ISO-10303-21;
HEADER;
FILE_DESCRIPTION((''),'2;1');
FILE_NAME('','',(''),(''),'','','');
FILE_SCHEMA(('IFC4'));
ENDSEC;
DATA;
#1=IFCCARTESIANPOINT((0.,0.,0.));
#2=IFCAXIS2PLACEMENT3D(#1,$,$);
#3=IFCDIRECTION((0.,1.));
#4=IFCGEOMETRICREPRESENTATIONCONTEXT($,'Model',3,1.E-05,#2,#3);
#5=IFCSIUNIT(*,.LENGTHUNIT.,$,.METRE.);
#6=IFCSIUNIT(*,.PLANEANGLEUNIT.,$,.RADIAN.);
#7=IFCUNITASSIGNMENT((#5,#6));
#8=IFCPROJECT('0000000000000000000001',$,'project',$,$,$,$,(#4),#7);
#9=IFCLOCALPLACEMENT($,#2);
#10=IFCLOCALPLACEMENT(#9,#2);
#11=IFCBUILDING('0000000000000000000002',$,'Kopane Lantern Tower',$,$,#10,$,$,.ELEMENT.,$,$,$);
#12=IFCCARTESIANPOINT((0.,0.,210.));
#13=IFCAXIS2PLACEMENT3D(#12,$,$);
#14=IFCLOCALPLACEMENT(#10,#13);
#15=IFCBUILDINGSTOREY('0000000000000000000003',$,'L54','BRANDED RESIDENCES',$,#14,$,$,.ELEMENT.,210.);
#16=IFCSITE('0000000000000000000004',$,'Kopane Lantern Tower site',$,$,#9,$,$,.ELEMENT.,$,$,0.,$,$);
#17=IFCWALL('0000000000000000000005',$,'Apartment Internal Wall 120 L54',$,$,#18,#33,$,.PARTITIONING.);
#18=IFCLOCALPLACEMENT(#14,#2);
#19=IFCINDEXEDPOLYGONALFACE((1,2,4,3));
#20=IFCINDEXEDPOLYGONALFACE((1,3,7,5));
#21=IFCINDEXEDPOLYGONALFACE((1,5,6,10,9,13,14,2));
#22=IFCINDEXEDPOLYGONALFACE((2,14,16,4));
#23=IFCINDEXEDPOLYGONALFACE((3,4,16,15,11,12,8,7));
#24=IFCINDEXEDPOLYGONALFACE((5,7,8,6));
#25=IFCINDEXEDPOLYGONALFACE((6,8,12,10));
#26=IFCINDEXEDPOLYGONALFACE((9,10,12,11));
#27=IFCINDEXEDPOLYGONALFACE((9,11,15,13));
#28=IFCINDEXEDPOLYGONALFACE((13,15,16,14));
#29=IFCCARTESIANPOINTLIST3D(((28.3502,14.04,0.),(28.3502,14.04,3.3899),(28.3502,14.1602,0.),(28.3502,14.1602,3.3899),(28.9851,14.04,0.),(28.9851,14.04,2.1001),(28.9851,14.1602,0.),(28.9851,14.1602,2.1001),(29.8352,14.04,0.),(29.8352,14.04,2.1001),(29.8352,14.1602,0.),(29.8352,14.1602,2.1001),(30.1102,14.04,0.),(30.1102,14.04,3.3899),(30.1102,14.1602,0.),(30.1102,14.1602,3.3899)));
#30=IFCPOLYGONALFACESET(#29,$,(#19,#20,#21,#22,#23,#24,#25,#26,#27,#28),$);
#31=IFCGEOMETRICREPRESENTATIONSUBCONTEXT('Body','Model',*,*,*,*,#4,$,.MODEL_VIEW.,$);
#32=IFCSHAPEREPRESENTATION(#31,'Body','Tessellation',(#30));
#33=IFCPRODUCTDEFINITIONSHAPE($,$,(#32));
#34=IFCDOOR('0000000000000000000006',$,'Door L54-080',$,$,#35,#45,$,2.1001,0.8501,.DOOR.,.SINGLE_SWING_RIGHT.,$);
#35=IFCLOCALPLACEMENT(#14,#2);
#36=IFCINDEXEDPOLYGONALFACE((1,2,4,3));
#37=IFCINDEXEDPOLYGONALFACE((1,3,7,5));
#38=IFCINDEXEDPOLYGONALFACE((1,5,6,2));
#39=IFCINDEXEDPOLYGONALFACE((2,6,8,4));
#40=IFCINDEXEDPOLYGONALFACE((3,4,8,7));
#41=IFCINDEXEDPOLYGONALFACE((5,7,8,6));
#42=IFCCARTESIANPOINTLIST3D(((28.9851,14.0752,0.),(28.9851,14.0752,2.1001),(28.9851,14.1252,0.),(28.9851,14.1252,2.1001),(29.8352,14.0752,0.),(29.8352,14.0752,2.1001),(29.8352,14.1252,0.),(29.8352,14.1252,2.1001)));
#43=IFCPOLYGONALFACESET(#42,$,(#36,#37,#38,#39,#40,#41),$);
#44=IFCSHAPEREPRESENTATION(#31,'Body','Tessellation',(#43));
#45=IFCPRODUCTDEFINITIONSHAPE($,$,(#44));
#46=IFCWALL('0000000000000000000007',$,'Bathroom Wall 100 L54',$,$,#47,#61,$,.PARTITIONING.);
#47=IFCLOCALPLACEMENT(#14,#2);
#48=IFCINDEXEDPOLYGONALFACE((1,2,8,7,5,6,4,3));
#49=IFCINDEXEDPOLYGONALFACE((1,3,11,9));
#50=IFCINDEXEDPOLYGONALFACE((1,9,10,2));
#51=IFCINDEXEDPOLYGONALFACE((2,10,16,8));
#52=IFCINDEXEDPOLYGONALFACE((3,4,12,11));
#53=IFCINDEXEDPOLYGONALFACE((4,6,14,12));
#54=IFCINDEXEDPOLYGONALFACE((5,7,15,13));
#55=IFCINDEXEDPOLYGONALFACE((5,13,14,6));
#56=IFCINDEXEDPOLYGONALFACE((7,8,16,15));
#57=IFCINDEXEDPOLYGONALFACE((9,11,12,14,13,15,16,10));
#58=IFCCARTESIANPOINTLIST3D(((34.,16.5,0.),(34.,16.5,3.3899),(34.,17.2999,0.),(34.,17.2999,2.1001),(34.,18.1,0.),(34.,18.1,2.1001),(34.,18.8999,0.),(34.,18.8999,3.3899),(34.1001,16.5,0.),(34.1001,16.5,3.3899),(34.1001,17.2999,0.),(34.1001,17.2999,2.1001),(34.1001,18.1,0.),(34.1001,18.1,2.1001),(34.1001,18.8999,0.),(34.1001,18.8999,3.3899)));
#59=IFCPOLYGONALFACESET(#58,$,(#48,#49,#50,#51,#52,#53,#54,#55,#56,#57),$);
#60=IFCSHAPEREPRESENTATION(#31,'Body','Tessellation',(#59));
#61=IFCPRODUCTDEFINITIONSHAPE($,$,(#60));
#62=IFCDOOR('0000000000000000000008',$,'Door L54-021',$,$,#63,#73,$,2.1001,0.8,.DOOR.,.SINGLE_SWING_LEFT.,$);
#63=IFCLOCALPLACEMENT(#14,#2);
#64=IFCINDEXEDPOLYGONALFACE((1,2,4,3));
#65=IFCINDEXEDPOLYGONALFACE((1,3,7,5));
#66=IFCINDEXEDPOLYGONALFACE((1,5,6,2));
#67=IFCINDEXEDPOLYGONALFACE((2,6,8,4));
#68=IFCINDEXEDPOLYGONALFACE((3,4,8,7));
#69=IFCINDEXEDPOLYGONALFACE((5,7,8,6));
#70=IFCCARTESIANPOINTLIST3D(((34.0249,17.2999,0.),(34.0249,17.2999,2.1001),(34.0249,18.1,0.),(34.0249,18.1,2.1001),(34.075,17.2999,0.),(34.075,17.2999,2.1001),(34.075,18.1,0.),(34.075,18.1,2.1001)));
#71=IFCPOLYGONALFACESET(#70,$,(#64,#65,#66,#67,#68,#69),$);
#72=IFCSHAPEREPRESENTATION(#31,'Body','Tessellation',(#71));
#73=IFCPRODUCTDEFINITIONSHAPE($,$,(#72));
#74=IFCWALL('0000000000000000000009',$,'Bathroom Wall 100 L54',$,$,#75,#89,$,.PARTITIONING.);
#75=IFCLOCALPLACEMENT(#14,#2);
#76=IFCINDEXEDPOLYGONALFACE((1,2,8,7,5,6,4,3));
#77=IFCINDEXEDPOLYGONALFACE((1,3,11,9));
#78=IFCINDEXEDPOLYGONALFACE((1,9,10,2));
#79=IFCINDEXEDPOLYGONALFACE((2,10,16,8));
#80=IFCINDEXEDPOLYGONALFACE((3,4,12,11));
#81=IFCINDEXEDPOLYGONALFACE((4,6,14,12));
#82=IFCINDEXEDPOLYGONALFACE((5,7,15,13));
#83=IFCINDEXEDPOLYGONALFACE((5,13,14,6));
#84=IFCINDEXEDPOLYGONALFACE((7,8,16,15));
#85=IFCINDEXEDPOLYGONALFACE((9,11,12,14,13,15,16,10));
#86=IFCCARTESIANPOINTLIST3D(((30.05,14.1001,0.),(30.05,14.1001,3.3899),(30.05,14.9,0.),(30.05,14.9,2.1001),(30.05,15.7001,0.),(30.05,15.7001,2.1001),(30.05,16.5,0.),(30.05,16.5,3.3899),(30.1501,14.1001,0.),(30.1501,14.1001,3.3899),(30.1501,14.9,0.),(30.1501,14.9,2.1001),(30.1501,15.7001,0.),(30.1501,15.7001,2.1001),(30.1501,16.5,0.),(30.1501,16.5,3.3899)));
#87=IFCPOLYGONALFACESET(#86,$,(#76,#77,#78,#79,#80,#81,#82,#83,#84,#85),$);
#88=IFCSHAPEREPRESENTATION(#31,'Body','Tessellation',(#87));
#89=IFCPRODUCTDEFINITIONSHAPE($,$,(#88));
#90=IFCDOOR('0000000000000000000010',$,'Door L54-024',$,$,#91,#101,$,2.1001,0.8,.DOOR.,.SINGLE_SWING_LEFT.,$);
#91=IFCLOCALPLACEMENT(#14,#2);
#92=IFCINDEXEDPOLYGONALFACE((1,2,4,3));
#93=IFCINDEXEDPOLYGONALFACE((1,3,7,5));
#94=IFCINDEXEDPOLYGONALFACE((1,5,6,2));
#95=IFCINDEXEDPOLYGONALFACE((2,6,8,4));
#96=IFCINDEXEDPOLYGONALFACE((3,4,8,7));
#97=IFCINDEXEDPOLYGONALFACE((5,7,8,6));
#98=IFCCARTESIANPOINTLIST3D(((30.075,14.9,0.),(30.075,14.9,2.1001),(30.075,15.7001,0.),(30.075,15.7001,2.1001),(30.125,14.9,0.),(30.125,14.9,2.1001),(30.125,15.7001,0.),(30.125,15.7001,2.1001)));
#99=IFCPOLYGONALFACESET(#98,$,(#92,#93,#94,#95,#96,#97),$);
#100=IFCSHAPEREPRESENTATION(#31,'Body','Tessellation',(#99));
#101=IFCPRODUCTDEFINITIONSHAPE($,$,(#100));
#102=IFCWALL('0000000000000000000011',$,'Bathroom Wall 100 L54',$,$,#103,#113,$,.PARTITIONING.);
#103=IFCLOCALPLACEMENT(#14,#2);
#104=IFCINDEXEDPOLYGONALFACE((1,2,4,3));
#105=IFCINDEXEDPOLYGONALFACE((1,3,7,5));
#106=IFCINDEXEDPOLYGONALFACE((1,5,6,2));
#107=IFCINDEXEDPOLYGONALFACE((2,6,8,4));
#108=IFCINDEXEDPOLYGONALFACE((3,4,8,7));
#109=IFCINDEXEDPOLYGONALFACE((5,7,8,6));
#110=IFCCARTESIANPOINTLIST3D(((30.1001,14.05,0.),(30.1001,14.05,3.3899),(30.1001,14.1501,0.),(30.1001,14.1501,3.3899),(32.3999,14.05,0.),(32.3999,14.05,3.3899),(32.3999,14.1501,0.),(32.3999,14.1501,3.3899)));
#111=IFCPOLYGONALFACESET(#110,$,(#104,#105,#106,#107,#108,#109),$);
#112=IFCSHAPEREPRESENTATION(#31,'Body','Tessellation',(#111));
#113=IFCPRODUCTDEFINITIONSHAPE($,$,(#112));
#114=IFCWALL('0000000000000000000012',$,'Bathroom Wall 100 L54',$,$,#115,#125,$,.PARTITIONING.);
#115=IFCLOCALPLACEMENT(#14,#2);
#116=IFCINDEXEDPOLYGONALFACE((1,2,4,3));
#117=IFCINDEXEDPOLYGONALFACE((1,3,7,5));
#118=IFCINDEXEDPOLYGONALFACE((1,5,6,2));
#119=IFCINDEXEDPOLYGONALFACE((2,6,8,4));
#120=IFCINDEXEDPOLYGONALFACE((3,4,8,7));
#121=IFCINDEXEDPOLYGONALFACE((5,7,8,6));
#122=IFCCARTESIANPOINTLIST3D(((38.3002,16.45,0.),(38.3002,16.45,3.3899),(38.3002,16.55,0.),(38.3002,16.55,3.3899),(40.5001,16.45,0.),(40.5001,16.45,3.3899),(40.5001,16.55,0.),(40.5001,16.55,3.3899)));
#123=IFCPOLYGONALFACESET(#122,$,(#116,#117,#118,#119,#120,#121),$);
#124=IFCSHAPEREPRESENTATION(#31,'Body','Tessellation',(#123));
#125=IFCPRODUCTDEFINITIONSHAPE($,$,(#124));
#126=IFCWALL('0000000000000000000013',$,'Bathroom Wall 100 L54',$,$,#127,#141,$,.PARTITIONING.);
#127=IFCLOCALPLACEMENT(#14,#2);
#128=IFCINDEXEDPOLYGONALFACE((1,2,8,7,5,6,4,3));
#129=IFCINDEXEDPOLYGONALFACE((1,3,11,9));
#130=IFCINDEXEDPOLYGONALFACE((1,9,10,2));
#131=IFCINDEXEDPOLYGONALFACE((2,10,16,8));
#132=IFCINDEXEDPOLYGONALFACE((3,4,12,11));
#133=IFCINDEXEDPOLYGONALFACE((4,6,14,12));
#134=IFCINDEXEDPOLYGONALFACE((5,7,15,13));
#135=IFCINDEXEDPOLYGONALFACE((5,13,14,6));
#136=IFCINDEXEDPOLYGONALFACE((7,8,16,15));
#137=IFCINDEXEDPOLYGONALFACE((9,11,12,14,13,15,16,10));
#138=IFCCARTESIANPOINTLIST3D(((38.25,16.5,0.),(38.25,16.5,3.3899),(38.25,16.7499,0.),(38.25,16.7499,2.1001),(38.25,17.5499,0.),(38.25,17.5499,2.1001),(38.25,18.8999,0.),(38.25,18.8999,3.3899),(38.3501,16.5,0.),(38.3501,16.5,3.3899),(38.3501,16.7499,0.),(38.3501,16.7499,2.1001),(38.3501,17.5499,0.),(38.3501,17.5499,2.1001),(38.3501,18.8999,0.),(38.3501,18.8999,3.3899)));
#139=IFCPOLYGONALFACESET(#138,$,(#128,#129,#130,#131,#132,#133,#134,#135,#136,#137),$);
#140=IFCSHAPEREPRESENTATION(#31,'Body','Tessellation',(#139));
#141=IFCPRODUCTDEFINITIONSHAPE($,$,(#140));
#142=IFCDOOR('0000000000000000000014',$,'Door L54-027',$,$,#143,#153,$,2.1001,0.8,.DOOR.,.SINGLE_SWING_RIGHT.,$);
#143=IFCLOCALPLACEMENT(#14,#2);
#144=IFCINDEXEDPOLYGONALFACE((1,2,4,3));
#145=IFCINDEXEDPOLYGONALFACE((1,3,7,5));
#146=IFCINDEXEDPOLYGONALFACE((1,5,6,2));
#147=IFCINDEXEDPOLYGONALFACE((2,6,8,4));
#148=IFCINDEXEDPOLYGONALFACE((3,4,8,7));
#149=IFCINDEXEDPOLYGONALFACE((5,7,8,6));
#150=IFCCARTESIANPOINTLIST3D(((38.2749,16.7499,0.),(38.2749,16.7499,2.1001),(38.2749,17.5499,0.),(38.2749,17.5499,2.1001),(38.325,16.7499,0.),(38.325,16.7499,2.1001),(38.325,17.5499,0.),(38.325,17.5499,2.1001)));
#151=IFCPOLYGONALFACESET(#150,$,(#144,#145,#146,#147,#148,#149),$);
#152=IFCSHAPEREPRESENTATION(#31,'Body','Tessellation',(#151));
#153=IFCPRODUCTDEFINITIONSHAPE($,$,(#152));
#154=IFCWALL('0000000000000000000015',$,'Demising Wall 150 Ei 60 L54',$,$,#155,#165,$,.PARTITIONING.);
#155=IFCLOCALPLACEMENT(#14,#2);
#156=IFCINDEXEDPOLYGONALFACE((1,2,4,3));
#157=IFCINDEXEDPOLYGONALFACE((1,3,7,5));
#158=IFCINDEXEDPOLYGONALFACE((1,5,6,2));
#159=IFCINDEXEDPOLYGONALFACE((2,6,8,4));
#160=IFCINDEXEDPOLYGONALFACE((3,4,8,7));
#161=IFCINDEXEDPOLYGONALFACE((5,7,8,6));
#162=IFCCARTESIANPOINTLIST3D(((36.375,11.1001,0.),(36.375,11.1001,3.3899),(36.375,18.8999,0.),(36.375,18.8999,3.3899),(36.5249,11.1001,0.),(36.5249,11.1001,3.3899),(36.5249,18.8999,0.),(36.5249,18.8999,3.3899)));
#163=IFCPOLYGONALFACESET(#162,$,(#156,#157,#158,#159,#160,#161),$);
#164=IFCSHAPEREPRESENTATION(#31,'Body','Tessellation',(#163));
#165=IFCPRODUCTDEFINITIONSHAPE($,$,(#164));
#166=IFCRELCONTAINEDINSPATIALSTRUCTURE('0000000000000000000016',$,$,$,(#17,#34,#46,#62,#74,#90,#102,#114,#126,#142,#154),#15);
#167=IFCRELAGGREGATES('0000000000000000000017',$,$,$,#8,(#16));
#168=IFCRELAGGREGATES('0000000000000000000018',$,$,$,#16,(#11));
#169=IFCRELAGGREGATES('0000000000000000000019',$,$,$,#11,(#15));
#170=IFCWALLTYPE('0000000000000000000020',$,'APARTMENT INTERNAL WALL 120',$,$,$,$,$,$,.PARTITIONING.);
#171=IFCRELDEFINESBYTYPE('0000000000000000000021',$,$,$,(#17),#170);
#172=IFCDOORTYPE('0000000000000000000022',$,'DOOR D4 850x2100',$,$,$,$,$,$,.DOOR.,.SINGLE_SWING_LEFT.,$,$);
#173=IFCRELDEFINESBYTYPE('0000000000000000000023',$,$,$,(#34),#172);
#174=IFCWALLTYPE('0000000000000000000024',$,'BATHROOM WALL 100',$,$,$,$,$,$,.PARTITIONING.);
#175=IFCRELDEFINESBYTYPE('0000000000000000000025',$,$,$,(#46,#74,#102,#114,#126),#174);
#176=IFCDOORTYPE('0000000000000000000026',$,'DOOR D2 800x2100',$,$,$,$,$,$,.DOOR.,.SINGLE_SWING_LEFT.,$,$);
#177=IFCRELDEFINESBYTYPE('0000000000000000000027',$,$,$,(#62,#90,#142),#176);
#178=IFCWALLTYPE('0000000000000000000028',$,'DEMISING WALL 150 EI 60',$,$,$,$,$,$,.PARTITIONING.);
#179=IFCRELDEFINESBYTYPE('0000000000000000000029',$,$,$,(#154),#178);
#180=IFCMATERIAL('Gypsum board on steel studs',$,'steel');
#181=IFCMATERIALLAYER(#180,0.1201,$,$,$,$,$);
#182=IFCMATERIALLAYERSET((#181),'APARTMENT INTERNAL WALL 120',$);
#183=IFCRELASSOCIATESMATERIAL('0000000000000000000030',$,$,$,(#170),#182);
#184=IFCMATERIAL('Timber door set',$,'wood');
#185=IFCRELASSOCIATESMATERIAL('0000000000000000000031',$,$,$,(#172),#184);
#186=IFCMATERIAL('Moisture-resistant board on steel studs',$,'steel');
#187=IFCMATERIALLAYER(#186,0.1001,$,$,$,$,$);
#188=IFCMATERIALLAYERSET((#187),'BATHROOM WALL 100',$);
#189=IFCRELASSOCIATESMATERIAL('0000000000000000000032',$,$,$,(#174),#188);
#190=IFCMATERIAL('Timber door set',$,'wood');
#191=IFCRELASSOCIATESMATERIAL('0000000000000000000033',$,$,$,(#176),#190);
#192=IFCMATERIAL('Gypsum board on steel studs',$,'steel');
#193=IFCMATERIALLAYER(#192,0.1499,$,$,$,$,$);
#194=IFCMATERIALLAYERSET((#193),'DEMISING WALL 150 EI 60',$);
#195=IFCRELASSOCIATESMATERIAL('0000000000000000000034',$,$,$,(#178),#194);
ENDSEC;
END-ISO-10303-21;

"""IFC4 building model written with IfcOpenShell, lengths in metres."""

from ifc_helpers import new_model, si_unit, direction, frame, frame_2d, origin, place, context, subcontext, project, spatial, rectangle, extrude, material, layer, layer_set, type_object, element, fill, save


model = new_model("IFC4")

# Units and contexts
model_context = context("Model", 3, precision=1e-05, world=origin(), true_north=direction((0.0, 1.0)))
body_context = subcontext(model_context, "Body", "Model", "MODEL_VIEW")
ifc_project = project(units=[si_unit("LENGTHUNIT", "METRE"), si_unit("PLANEANGLEUNIT", "RADIAN")], contexts=[model_context])

# Site, building, storey
site_placement = place(None, origin())
site = spatial("IfcSite", under=ifc_project, at=site_placement, Name="Kopane Lantern Tower site", CompositionType="ELEMENT", RefElevation=0.0)
building_placement = place(site_placement, origin())
building = spatial("IfcBuilding", under=site, at=building_placement, Name="Kopane Lantern Tower", CompositionType="ELEMENT")
storey_placement = place(building_placement, frame((0.0, 0.0, 210.0)))
storey = spatial("IfcBuildingStorey", under=building, at=storey_placement, Name="L54", Description="BRANDED RESIDENCES", CompositionType="ELEMENT", Elevation=210.0)

# Shared definitions
ifc_material_1 = material(Name="Gypsum board on steel studs", Category="steel")
ifc_layer_1 = layer(ifc_material_1, 0.1201)
ifc_layer_set_1 = layer_set([ifc_layer_1], Name="APARTMENT INTERNAL WALL 120")
wall_type_1 = type_object("IfcWallType", Name="APARTMENT INTERNAL WALL 120", PredefinedType="PARTITIONING", material=ifc_layer_set_1)

# Shared definitions
ifc_material_2 = material(Name="Timber door set", Category="wood")
door_type_1 = type_object("IfcDoorType", Name="DOOR D4 850x2100", OperationType="SINGLE_SWING_LEFT", PredefinedType="DOOR", material=ifc_material_2)

# Walls, openings, doors
wall_1_placement = place(storey_placement, frame((30.1101, 14.1001, 0.0), z_axis=(0.0, 0.0, 1.0), x_axis=(-1.0, 0.0, 0.0)))
wall_1 = element("IfcWall", 1, at=wall_1_placement, inside=storey, type_object=wall_type_1, Name="Apartment Internal Wall 120 L54", PredefinedType="PARTITIONING", context=body_context, shape_type="SweptSolid", body=[
    extrude(rectangle(XDim=1.76, YDim=0.1201, at=frame_2d((0.8799, 0.0))), origin(), (0.0, 0.0, 1.0), 3.3899),
])
opening_1_placement = place(wall_1_placement, frame((0.2749, 0.0, 0.0)))
opening_1 = element("IfcOpeningElement", 2, at=opening_1_placement, cuts=wall_1, PredefinedType="OPENING", context=body_context, shape_type="SweptSolid", body=[
    extrude(rectangle(XDim=0.8501, YDim=2.1001, at=frame_2d((0.425, 1.05))), frame((0.0, 0.0701, 0.0), z_axis=(0.0, -1.0, 0.0), x_axis=(1.0, 0.0, 0.0)), (0.0, 0.0, 1.0), 0.1401),
])
door_1_placement = place(opening_1_placement, origin())
door_1 = element("IfcDoor", 3, at=door_1_placement, inside=storey, type_object=door_type_1, Name="Door L54-080", OperationType="SINGLE_SWING_RIGHT", OverallHeight=2.1001, OverallWidth=0.8501, PredefinedType="DOOR", context=body_context, shape_type="SweptSolid", body=[
    extrude(rectangle(XDim=0.8501, YDim=2.1001, at=frame_2d((0.425, 1.05))), frame((0.0, 0.0249, 0.0), z_axis=(0.0, -1.0, 0.0), x_axis=(1.0, 0.0, 0.0)), (0.0, 0.0, 1.0), 0.05),
])
fill(opening_1, door_1)
ifc_material_3 = material(Name="Moisture-resistant board on steel studs", Category="steel")
ifc_layer_2 = layer(ifc_material_3, 0.1001)
ifc_layer_set_2 = layer_set([ifc_layer_2], Name="BATHROOM WALL 100")
wall_type_2 = type_object("IfcWallType", Name="BATHROOM WALL 100", PredefinedType="PARTITIONING", material=ifc_layer_set_2)
wall_2_placement = place(storey_placement, frame((34.05, 18.8999, 0.0), z_axis=(0.0, 0.0, 1.0), x_axis=(0.0, -1.0, 0.0)))
wall_2 = element("IfcWall", 4, at=wall_2_placement, inside=storey, type_object=wall_type_2, Name="Bathroom Wall 100 L54", PredefinedType="PARTITIONING", context=body_context, shape_type="SweptSolid", body=[
    extrude(rectangle(XDim=2.3999, YDim=0.1001, at=frame_2d((1.2, 0.0))), origin(), (0.0, 0.0, 1.0), 3.3899),
])
opening_2_placement = place(wall_2_placement, frame((0.8, 0.0, 0.0)))
opening_2 = element("IfcOpeningElement", 5, at=opening_2_placement, cuts=wall_2, PredefinedType="OPENING", context=body_context, shape_type="SweptSolid", body=[
    extrude(rectangle(XDim=0.8, YDim=2.1001, at=frame_2d((0.3999, 1.05))), frame((0.0, 0.0601, 0.0), z_axis=(0.0, -1.0, 0.0), x_axis=(1.0, 0.0, 0.0)), (0.0, 0.0, 1.0), 0.1201),
])
ifc_material_4 = material(Name="Timber door set", Category="wood")
door_type_2 = type_object("IfcDoorType", Name="DOOR D2 800x2100", OperationType="SINGLE_SWING_LEFT", PredefinedType="DOOR", material=ifc_material_4)
door_2_placement = place(opening_2_placement, origin())
door_2 = element("IfcDoor", 6, at=door_2_placement, inside=storey, type_object=door_type_2, Name="Door L54-021", OperationType="SINGLE_SWING_LEFT", OverallHeight=2.1001, OverallWidth=0.8, PredefinedType="DOOR", context=body_context, shape_type="SweptSolid", body=[
    extrude(rectangle(XDim=0.8, YDim=2.1001, at=frame_2d((0.3999, 1.05))), frame((0.0, 0.0249, 0.0), z_axis=(0.0, -1.0, 0.0), x_axis=(1.0, 0.0, 0.0)), (0.0, 0.0, 1.0), 0.05),
])
fill(opening_2, door_2)
wall_3_placement = place(storey_placement, frame((30.1001, 16.5, 0.0), z_axis=(0.0, 0.0, 1.0), x_axis=(0.0, -1.0, 0.0)))
wall_3 = element("IfcWall", 7, at=wall_3_placement, inside=storey, type_object=wall_type_2, Name="Bathroom Wall 100 L54", PredefinedType="PARTITIONING", context=body_context, shape_type="SweptSolid", body=[
    extrude(rectangle(XDim=2.3999, YDim=0.1001, at=frame_2d((1.2, 0.0))), origin(), (0.0, 0.0, 1.0), 3.3899),
])
opening_3_placement = place(wall_3_placement, frame((0.8, 0.0, 0.0)))
opening_3 = element("IfcOpeningElement", 8, at=opening_3_placement, cuts=wall_3, PredefinedType="OPENING", context=body_context, shape_type="SweptSolid", body=[
    extrude(rectangle(XDim=0.8, YDim=2.1001, at=frame_2d((0.3999, 1.05))), frame((0.0, 0.0601, 0.0), z_axis=(0.0, -1.0, 0.0), x_axis=(1.0, 0.0, 0.0)), (0.0, 0.0, 1.0), 0.1201),
])
door_3_placement = place(opening_3_placement, origin())
door_3 = element("IfcDoor", 9, at=door_3_placement, inside=storey, type_object=door_type_2, Name="Door L54-024", OperationType="SINGLE_SWING_LEFT", OverallHeight=2.1001, OverallWidth=0.8, PredefinedType="DOOR", context=body_context, shape_type="SweptSolid", body=[
    extrude(rectangle(XDim=0.8, YDim=2.1001, at=frame_2d((0.3999, 1.05))), frame((0.0, 0.0249, 0.0), z_axis=(0.0, -1.0, 0.0), x_axis=(1.0, 0.0, 0.0)), (0.0, 0.0, 1.0), 0.05),
])
fill(opening_3, door_3)

# Walls
wall_4_placement = place(storey_placement, frame((30.1001, 14.1001, 0.0), z_axis=(0.0, 0.0, 1.0), x_axis=(1.0, 0.0, 0.0)))
element("IfcWall", 10, at=wall_4_placement, inside=storey, type_object=wall_type_2, Name="Bathroom Wall 100 L54", PredefinedType="PARTITIONING", context=body_context, shape_type="SweptSolid", body=[
    extrude(rectangle(XDim=2.2998, YDim=0.1001, at=frame_2d((1.1499, 0.0))), origin(), (0.0, 0.0, 1.0), 3.3899),
])
wall_5_placement = place(storey_placement, frame((38.3, 16.5, 0.0), z_axis=(0.0, 0.0, 1.0), x_axis=(1.0, 0.0, 0.0)))
element("IfcWall", 11, at=wall_5_placement, inside=storey, type_object=wall_type_2, Name="Bathroom Wall 100 L54", PredefinedType="PARTITIONING", context=body_context, shape_type="SweptSolid", body=[
    extrude(rectangle(XDim=2.2, YDim=0.1001, at=frame_2d((1.1001, 0.0))), origin(), (0.0, 0.0, 1.0), 3.3899),
])

# Wall, opening, door
wall_6_placement = place(storey_placement, frame((38.3, 18.8999, 0.0), z_axis=(0.0, 0.0, 1.0), x_axis=(0.0, -1.0, 0.0)))
wall_6 = element("IfcWall", 12, at=wall_6_placement, inside=storey, type_object=wall_type_2, Name="Bathroom Wall 100 L54", PredefinedType="PARTITIONING", context=body_context, shape_type="SweptSolid", body=[
    extrude(rectangle(XDim=2.3999, YDim=0.1001, at=frame_2d((1.2, 0.0))), origin(), (0.0, 0.0, 1.0), 3.3899),
])
opening_4_placement = place(wall_6_placement, frame((1.3501, 0.0, 0.0)))
opening_4 = element("IfcOpeningElement", 13, at=opening_4_placement, cuts=wall_6, PredefinedType="OPENING", context=body_context, shape_type="SweptSolid", body=[
    extrude(rectangle(XDim=0.8, YDim=2.1001, at=frame_2d((0.3999, 1.05))), frame((0.0, 0.0601, 0.0), z_axis=(0.0, -1.0, 0.0), x_axis=(1.0, 0.0, 0.0)), (0.0, 0.0, 1.0), 0.1201),
])
door_4_placement = place(opening_4_placement, origin())
door_4 = element("IfcDoor", 14, at=door_4_placement, inside=storey, type_object=door_type_2, Name="Door L54-027", OperationType="SINGLE_SWING_RIGHT", OverallHeight=2.1001, OverallWidth=0.8, PredefinedType="DOOR", context=body_context, shape_type="SweptSolid", body=[
    extrude(rectangle(XDim=0.8, YDim=2.1001, at=frame_2d((0.3999, 1.05))), frame((0.0, 0.0249, 0.0), z_axis=(0.0, -1.0, 0.0), x_axis=(1.0, 0.0, 0.0)), (0.0, 0.0, 1.0), 0.05),
])
fill(opening_4, door_4)

# Wall
ifc_material_5 = material(Name="Gypsum board on steel studs", Category="steel")
ifc_layer_3 = layer(ifc_material_5, 0.1499)
ifc_layer_set_3 = layer_set([ifc_layer_3], Name="DEMISING WALL 150 EI 60")
wall_type_3 = type_object("IfcWallType", Name="DEMISING WALL 150 EI 60", PredefinedType="PARTITIONING", material=ifc_layer_set_3)
wall_7_placement = place(storey_placement, frame((36.45, 18.8999, 0.0), z_axis=(0.0, 0.0, 1.0), x_axis=(0.0, -1.0, 0.0)))
element("IfcWall", 15, at=wall_7_placement, inside=storey, type_object=wall_type_3, Name="Demising Wall 150 Ei 60 L54", PredefinedType="PARTITIONING", context=body_context, shape_type="SweptSolid", body=[
    extrude(rectangle(XDim=7.7998, YDim=0.1499, at=frame_2d((3.8999, 0.0))), origin(), (0.0, 0.0, 1.0), 3.3899),
])

save(model, "model.ifc")
